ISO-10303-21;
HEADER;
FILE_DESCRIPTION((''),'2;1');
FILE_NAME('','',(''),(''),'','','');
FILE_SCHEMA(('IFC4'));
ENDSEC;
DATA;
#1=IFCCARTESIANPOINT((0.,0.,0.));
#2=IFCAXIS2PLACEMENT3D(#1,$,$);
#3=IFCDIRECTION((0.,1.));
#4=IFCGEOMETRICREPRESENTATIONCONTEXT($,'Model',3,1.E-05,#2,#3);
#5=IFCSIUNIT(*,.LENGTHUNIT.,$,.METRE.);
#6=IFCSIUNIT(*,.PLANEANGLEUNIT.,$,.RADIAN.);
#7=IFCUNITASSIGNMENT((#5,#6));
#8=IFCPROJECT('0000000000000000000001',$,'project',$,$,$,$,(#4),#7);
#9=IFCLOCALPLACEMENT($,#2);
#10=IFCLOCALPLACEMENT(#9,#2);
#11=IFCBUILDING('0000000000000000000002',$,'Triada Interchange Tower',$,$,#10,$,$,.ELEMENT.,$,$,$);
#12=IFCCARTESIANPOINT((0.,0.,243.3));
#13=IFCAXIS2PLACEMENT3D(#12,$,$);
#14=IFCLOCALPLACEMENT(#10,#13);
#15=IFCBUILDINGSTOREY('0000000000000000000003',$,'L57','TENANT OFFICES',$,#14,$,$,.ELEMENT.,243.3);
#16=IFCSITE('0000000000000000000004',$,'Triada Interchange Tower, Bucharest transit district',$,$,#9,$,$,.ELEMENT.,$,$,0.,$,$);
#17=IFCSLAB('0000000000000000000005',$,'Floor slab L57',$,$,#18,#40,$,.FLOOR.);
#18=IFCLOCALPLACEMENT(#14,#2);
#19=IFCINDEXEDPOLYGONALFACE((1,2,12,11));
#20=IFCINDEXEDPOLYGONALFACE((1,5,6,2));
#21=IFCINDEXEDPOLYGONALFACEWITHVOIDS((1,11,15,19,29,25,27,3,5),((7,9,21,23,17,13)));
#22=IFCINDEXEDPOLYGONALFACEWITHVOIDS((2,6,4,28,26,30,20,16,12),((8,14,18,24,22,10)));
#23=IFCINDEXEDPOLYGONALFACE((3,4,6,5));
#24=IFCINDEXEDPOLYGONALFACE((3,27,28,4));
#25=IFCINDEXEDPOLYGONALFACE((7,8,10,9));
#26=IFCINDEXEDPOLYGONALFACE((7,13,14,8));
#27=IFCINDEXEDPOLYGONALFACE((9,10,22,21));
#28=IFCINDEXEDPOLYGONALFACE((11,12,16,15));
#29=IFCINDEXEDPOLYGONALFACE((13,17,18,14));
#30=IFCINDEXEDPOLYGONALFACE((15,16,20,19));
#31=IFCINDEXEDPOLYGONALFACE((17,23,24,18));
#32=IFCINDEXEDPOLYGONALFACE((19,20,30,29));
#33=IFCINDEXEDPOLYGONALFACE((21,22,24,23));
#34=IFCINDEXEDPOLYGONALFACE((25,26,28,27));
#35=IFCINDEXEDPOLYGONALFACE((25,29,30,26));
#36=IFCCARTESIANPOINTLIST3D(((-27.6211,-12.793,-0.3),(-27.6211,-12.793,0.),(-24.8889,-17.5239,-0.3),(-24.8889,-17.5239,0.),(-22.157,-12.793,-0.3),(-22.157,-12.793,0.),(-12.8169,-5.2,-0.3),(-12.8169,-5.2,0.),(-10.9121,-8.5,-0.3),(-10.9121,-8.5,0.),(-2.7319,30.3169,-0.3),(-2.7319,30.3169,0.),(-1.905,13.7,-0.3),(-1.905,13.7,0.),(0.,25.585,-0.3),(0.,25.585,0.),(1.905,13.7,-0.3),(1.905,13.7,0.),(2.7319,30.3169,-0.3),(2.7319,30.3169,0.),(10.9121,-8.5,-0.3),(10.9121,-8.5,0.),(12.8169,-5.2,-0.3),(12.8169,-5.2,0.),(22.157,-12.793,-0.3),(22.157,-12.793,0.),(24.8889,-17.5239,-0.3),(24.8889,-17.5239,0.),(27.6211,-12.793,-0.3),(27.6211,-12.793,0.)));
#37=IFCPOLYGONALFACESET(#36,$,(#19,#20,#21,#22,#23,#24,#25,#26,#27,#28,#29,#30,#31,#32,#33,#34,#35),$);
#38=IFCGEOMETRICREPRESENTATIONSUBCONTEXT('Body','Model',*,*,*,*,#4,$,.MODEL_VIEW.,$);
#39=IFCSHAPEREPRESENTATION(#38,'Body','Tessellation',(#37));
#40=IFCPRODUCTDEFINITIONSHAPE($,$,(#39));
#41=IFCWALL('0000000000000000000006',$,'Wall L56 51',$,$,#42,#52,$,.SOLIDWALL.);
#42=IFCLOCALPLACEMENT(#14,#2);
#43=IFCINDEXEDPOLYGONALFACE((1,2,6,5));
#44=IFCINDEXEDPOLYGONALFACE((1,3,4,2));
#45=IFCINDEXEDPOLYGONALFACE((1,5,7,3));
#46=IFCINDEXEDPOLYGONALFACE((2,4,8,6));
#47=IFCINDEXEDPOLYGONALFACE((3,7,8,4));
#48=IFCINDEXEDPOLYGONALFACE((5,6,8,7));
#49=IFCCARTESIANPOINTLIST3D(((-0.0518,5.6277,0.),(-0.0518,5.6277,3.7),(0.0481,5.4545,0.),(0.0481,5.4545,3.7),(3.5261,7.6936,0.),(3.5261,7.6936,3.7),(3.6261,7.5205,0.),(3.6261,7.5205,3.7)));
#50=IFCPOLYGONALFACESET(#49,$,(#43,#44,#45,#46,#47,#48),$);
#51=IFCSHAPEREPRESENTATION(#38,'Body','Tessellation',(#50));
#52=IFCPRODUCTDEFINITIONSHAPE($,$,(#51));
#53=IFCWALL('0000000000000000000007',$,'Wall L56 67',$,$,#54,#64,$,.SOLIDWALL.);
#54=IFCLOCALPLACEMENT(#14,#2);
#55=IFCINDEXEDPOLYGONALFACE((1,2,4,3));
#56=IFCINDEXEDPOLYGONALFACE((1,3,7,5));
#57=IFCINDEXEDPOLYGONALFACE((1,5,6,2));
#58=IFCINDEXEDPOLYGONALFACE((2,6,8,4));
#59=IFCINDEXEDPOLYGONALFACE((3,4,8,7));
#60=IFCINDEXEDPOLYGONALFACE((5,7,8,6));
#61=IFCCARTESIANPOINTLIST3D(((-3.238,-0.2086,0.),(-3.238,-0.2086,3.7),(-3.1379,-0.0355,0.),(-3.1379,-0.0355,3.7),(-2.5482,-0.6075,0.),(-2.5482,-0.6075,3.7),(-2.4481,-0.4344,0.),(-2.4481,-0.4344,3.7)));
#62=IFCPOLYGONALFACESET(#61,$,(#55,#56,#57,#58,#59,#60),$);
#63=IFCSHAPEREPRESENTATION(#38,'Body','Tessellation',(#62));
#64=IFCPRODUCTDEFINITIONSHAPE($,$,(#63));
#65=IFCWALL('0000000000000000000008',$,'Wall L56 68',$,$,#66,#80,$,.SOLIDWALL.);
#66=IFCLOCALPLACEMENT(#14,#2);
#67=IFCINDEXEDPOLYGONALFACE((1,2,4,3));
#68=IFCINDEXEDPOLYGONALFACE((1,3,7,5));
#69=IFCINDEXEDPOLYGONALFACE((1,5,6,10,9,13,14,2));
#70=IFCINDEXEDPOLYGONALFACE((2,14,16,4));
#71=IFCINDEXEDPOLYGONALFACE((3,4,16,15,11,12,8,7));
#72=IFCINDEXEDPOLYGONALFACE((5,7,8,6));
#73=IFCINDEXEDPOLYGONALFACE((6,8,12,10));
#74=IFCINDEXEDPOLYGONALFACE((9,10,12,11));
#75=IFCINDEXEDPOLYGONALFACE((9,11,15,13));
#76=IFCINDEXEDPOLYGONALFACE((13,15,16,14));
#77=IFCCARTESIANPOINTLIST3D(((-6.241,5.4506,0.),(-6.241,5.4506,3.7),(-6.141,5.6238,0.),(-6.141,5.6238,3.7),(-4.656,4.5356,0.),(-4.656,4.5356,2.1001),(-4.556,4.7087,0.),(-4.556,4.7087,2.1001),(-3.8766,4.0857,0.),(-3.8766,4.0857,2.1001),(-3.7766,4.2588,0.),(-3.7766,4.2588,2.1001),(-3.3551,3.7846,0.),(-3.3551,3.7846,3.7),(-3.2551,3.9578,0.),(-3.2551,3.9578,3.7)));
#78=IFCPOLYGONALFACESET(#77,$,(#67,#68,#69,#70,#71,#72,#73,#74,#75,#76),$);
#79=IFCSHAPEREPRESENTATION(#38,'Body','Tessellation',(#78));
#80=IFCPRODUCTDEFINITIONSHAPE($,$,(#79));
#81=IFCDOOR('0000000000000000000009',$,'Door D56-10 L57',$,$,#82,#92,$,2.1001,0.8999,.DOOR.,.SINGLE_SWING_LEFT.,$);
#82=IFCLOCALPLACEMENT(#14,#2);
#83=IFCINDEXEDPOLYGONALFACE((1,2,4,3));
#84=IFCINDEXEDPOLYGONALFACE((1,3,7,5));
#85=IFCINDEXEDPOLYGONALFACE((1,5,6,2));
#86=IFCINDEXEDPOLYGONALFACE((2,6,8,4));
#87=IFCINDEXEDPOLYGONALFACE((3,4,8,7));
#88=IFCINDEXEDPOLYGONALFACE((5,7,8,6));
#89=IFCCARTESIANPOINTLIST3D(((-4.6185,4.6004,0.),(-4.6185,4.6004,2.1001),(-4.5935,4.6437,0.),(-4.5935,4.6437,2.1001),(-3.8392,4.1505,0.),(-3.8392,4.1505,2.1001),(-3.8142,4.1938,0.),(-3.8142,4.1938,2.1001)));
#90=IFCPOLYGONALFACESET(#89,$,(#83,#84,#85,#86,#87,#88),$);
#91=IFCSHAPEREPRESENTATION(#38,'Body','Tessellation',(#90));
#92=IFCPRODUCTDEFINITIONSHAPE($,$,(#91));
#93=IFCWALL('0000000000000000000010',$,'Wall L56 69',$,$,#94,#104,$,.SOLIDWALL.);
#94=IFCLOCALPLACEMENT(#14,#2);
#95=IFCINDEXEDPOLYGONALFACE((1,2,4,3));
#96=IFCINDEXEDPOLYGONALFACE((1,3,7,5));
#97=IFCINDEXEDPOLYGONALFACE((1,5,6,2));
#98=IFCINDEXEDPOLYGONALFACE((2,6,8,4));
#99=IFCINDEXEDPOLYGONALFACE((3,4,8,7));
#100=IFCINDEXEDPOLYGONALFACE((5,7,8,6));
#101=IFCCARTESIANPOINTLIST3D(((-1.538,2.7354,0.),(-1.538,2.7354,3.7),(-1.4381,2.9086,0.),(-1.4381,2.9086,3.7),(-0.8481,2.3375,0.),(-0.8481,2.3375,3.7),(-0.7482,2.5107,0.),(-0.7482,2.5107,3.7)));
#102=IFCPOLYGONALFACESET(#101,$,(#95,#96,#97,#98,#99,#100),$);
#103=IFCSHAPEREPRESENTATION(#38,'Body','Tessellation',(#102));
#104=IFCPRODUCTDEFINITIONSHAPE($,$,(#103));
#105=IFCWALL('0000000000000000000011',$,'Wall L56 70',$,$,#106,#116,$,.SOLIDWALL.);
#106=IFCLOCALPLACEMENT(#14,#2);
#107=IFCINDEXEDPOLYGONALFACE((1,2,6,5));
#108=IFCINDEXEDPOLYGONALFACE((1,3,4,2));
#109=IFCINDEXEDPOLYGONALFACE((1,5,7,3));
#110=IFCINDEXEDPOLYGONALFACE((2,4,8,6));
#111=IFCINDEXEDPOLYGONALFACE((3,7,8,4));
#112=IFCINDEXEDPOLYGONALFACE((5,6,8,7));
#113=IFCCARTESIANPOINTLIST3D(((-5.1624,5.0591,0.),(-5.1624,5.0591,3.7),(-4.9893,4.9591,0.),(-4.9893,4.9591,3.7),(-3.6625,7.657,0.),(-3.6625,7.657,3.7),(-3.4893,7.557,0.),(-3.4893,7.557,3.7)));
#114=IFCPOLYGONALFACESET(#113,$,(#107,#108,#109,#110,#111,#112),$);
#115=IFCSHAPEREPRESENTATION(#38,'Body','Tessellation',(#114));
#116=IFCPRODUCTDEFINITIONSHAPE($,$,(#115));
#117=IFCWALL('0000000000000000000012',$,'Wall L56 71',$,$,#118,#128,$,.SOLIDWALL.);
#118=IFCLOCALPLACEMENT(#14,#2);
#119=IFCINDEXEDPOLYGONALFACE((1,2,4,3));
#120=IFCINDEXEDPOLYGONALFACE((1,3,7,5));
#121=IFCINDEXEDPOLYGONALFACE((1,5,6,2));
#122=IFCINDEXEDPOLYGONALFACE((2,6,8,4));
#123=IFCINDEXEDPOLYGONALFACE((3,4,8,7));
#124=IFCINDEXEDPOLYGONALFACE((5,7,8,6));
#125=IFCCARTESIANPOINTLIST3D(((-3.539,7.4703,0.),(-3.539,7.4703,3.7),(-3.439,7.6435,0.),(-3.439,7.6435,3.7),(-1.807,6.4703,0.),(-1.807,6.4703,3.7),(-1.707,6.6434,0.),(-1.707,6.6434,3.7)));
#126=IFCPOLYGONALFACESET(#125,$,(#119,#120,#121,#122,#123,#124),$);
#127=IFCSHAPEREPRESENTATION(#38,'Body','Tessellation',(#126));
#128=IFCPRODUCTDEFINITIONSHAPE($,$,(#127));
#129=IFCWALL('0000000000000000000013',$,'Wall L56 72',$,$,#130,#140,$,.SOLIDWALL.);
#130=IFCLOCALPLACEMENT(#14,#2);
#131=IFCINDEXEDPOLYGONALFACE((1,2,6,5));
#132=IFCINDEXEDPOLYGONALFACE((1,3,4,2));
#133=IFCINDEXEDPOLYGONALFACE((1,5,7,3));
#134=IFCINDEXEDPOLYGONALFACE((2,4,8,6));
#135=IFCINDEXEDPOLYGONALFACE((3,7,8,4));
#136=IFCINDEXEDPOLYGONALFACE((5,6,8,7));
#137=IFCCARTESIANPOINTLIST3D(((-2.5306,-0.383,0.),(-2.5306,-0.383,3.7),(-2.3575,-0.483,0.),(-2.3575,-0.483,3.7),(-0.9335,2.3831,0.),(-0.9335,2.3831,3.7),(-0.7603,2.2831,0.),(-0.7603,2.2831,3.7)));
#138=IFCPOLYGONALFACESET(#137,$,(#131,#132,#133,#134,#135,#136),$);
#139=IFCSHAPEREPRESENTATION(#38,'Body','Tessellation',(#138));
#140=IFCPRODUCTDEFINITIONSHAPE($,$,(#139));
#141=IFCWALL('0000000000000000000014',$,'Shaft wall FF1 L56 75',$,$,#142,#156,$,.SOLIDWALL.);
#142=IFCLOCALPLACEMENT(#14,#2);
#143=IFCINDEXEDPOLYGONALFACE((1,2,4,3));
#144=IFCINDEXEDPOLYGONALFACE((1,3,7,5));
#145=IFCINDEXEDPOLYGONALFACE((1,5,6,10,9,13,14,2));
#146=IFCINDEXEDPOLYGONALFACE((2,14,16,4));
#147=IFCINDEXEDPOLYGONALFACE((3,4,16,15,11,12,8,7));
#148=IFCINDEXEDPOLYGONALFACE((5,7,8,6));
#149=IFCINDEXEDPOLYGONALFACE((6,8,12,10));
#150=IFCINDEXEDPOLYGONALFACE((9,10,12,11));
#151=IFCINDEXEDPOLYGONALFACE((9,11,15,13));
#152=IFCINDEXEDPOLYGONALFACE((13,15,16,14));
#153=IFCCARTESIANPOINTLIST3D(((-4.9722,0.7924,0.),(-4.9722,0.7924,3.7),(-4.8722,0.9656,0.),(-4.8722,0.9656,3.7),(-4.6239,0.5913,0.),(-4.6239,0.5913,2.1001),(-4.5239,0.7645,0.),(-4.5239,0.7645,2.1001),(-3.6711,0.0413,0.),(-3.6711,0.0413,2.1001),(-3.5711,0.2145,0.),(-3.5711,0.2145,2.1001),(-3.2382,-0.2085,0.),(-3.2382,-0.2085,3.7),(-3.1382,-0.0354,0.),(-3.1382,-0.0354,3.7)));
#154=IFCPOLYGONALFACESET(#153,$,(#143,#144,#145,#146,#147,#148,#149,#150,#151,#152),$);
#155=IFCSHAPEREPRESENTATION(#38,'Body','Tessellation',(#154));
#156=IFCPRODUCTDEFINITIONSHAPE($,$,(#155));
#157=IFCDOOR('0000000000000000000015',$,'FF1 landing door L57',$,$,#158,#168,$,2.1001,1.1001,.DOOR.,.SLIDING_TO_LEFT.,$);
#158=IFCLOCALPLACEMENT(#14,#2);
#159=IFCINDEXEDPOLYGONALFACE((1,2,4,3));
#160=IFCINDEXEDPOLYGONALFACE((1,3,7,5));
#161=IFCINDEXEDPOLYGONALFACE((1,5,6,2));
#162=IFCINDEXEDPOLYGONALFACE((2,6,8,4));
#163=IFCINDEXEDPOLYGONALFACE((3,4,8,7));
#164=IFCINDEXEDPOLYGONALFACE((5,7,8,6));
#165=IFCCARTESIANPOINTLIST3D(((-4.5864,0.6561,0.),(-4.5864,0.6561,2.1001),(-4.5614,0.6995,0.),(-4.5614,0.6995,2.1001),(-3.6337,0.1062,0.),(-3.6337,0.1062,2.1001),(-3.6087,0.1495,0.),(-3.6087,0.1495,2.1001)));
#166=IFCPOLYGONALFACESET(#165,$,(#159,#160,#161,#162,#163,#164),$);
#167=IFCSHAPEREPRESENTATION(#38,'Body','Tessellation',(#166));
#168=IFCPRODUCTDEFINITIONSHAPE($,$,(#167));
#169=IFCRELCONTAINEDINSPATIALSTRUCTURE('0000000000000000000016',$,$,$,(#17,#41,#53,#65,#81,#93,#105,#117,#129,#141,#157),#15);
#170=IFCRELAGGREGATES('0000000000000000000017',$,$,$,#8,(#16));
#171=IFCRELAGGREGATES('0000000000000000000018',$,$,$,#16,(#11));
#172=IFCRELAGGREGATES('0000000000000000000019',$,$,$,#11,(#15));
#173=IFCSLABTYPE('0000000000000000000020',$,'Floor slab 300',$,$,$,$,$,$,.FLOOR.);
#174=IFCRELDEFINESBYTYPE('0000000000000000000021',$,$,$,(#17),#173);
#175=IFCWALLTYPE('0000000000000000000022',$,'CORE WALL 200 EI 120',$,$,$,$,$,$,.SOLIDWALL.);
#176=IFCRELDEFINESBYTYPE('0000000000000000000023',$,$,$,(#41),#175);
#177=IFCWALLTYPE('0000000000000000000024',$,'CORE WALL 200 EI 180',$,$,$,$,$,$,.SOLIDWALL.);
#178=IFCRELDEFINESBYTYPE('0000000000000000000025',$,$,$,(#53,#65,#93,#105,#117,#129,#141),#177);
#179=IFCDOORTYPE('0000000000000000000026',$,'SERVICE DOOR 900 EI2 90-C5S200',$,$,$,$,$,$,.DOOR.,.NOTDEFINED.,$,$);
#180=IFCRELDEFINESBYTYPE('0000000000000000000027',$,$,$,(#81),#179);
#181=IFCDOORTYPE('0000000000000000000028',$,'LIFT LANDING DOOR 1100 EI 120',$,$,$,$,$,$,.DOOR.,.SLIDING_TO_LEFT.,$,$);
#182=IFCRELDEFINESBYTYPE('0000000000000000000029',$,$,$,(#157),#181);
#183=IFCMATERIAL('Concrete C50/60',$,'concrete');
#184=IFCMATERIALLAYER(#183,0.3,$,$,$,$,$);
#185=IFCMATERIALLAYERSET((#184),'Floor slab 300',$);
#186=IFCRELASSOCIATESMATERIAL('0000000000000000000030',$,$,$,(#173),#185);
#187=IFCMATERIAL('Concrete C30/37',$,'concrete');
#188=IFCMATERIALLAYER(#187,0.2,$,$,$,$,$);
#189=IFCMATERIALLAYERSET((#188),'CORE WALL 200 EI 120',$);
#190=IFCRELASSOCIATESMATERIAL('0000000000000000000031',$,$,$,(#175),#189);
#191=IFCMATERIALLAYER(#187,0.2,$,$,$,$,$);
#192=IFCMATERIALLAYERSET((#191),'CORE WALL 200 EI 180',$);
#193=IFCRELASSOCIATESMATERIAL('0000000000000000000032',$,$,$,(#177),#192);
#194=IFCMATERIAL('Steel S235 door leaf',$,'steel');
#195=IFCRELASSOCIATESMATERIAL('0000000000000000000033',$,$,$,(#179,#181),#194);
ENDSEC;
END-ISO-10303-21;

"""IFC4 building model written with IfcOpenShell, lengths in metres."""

from ifc_helpers import new_model, si_unit, direction, frame, frame_2d, origin, place, context, subcontext, project, spatial, polyline, rectangle, outline, extrude, material, layer, layer_set, type_object, element, fill, save


model = new_model("IFC4")

# Units and contexts
model_context = context("Model", 3, precision=1e-05, world=origin(), true_north=direction((0.0, 1.0)))
body_context = subcontext(model_context, "Body", "Model", "MODEL_VIEW")
ifc_project = project(units=[si_unit("LENGTHUNIT", "METRE"), si_unit("PLANEANGLEUNIT", "RADIAN")], contexts=[model_context])

# Site, building, storey
site_placement = place(None, origin())
site = spatial("IfcSite", under=ifc_project, at=site_placement, Name="Triada Interchange Tower, Bucharest transit district", CompositionType="ELEMENT", RefElevation=0.0)
building_placement = place(site_placement, origin())
building = spatial("IfcBuilding", under=site, at=building_placement, Name="Triada Interchange Tower", CompositionType="ELEMENT")
storey_placement = place(building_placement, frame((0.0, 0.0, 243.3)))
storey = spatial("IfcBuildingStorey", under=building, at=storey_placement, Name="L57", Description="TENANT OFFICES", CompositionType="ELEMENT", Elevation=243.3)

# Slab
ifc_material_1 = material(Name="Concrete C50/60", Category="concrete")
ifc_layer_1 = layer(ifc_material_1, 0.3)
ifc_layer_set_1 = layer_set([ifc_layer_1], Name="Floor slab 300")
slab_type = type_object("IfcSlabType", Name="Floor slab 300", PredefinedType="FLOOR", material=ifc_layer_set_1)
slab_placement = place(storey_placement, frame((0.0, 0.0, -0.3)))
element("IfcSlab", 1, at=slab_placement, inside=storey, type_object=slab_type, Name="Floor slab L57", PredefinedType="FLOOR", context=body_context, shape_type="SweptSolid", body=[
    extrude(outline(polyline([(-2.7319, 30.3169), (-27.6211, -12.793), (-22.157, -12.793), (-24.8889, -17.5239), (24.8889, -17.5239), (22.157, -12.793), (27.6211, -12.793), (2.7319, 30.3169), (0.0, 25.585), (-2.7319, 30.3169)]), holes=[polyline([(1.905, 13.7), (-1.905, 13.7), (-12.8169, -5.2), (-10.9121, -8.5), (10.9121, -8.5), (12.8169, -5.2), (1.905, 13.7)])]), origin(), (0.0, 0.0, 1.0), 0.3),
])

# Walls
ifc_material_2 = material(Name="Concrete C30/37", Category="concrete")
ifc_layer_2 = layer(ifc_material_2, 0.2)
ifc_layer_set_2 = layer_set([ifc_layer_2], Name="CORE WALL 200 EI 120")
wall_type_1 = type_object("IfcWallType", Name="CORE WALL 200 EI 120", PredefinedType="SOLIDWALL", material=ifc_layer_set_2)
wall_1_placement = place(storey_placement, frame((-0.002, 5.541, 0.0), z_axis=(0.0, 0.0, 1.0), x_axis=(0.866002, 0.500041, 0.0)))
element("IfcWall", 2, at=wall_1_placement, inside=storey, type_object=wall_type_1, Name="Wall L56 51", PredefinedType="SOLIDWALL", context=body_context, shape_type="SweptSolid", body=[
    extrude(rectangle(XDim=4.1316, YDim=0.2, at=frame_2d((2.0659, 0.0))), origin(), (0.0, 0.0, 1.0), 3.7),
])
ifc_layer_3 = layer(ifc_material_2, 0.2)
ifc_layer_set_3 = layer_set([ifc_layer_3], Name="CORE WALL 200 EI 180")
wall_type_2 = type_object("IfcWallType", Name="CORE WALL 200 EI 180", PredefinedType="SOLIDWALL", material=ifc_layer_set_3)
wall_2_placement = place(storey_placement, frame((-3.188, -0.1221, 0.0), z_axis=(0.0, 0.0, 1.0), x_axis=(0.865706, -0.500553, 0.0)))
element("IfcWall", 3, at=wall_2_placement, inside=storey, type_object=wall_type_2, Name="Wall L56 67", PredefinedType="SOLIDWALL", context=body_context, shape_type="SweptSolid", body=[
    extrude(rectangle(XDim=0.7969, YDim=0.2, at=frame_2d((0.3984, 0.0))), origin(), (0.0, 0.0, 1.0), 3.7),
])

# Wall, opening, door
wall_3_placement = place(storey_placement, frame((-6.1909, 5.5371, 0.0), z_axis=(0.0, 0.0, 1.0), x_axis=(0.866053, -0.499953, 0.0)))
wall_3 = element("IfcWall", 4, at=wall_3_placement, inside=storey, type_object=wall_type_2, Name="Wall L56 68", PredefinedType="SOLIDWALL", context=body_context, shape_type="SweptSolid", body=[
    extrude(rectangle(XDim=3.3323, YDim=0.2, at=frame_2d((1.666, 0.0))), origin(), (0.0, 0.0, 1.0), 3.7),
])
opening_1_placement = place(wall_3_placement, frame((1.8301, 0.0, 0.0)))
opening_1 = element("IfcOpeningElement", 5, at=opening_1_placement, cuts=wall_3, PredefinedType="OPENING", context=body_context, shape_type="SweptSolid", body=[
    extrude(rectangle(XDim=0.8999, YDim=2.1001, at=frame_2d((0.45, 1.05))), frame((0.0, 0.1099, 0.0), z_axis=(0.0, -1.0, 0.0), x_axis=(1.0, 0.0, 0.0)), (0.0, 0.0, 1.0), 0.22),
])
ifc_material_3 = material(Name="Steel S235 door leaf", Category="steel")
door_type_1 = type_object("IfcDoorType", Name="SERVICE DOOR 900 EI2 90-C5S200", OperationType="NOTDEFINED", PredefinedType="DOOR", material=ifc_material_3)
door_1_placement = place(opening_1_placement, origin())
door_1 = element("IfcDoor", 6, at=door_1_placement, inside=storey, type_object=door_type_1, Name="Door D56-10 L57", OperationType="SINGLE_SWING_LEFT", OverallHeight=2.1001, OverallWidth=0.8999, PredefinedType="DOOR", context=body_context, shape_type="SweptSolid", body=[
    extrude(rectangle(XDim=0.8999, YDim=2.1001, at=frame_2d((0.45, 1.05))), frame((0.0, 0.0249, 0.0), z_axis=(0.0, -1.0, 0.0), x_axis=(1.0, 0.0, 0.0)), (0.0, 0.0, 1.0), 0.05),
])
fill(opening_1, door_1)

# Walls
wall_4_placement = place(storey_placement, frame((-1.488, 2.822, 0.0), z_axis=(0.0, 0.0, 1.0), x_axis=(0.866237, -0.499634, 0.0)))
element("IfcWall", 7, at=wall_4_placement, inside=storey, type_object=wall_type_2, Name="Wall L56 69", PredefinedType="SOLIDWALL", context=body_context, shape_type="SweptSolid", body=[
    extrude(rectangle(XDim=0.7964, YDim=0.2, at=frame_2d((0.3982, 0.0))), origin(), (0.0, 0.0, 1.0), 3.7),
])
wall_5_placement = place(storey_placement, frame((-5.0759, 5.009, 0.0), z_axis=(0.0, 0.0, 1.0), x_axis=(0.500025, 0.866011, 0.0)))
element("IfcWall", 8, at=wall_5_placement, inside=storey, type_object=wall_type_2, Name="Wall L56 70", PredefinedType="SOLIDWALL", context=body_context, shape_type="SweptSolid", body=[
    extrude(rectangle(XDim=2.9998, YDim=0.2, at=frame_2d((1.5, 0.0))), origin(), (0.0, 0.0, 1.0), 3.7),
])
wall_6_placement = place(storey_placement, frame((-3.489, 7.5569, 0.0), z_axis=(0.0, 0.0, 1.0), x_axis=(0.866011, -0.500025, 0.0)))
element("IfcWall", 9, at=wall_6_placement, inside=storey, type_object=wall_type_2, Name="Wall L56 71", PredefinedType="SOLIDWALL", context=body_context, shape_type="SweptSolid", body=[
    extrude(rectangle(XDim=2.0, YDim=0.2, at=frame_2d((1.0, 0.0))), origin(), (0.0, 0.0, 1.0), 3.7),
])
wall_7_placement = place(storey_placement, frame((-2.4441, -0.4331, 0.0), z_axis=(0.0, 0.0, 1.0), x_axis=(0.500036, 0.866005, 0.0)))
element("IfcWall", 10, at=wall_7_placement, inside=storey, type_object=wall_type_2, Name="Wall L56 72", PredefinedType="SOLIDWALL", context=body_context, shape_type="SweptSolid", body=[
    extrude(rectangle(XDim=3.1941, YDim=0.2, at=frame_2d((1.5972, 0.0))), origin(), (0.0, 0.0, 1.0), 3.7),
])

# Wall, opening, door
wall_8_placement = place(storey_placement, frame((-4.9221, 0.8789, 0.0), z_axis=(0.0, 0.0, 1.0), x_axis=(0.866074, -0.499916, 0.0)))
wall_8 = element("IfcWall", 11, at=wall_8_placement, inside=storey, type_object=wall_type_2, Name="Shaft wall FF1 L56 75", PredefinedType="SOLIDWALL", context=body_context, shape_type="SweptSolid", body=[
    extrude(rectangle(XDim=2.0022, YDim=0.2, at=frame_2d((1.001, 0.0))), origin(), (0.0, 0.0, 1.0), 3.7),
])
opening_2_placement = place(wall_8_placement, frame((0.4021, 0.0, 0.0)))
opening_2 = element("IfcOpeningElement", 12, at=opening_2_placement, cuts=wall_8, PredefinedType="OPENING", context=body_context, shape_type="SweptSolid", body=[
    extrude(rectangle(XDim=1.1001, YDim=2.1001, at=frame_2d((0.55, 1.05))), frame((0.0, 0.1099, 0.0), z_axis=(0.0, -1.0, 0.0), x_axis=(1.0, 0.0, 0.0)), (0.0, 0.0, 1.0), 0.22),
])
door_type_2 = type_object("IfcDoorType", Name="LIFT LANDING DOOR 1100 EI 120", OperationType="SLIDING_TO_LEFT", PredefinedType="DOOR", material=ifc_material_3)
door_2_placement = place(opening_2_placement, origin())
door_2 = element("IfcDoor", 13, at=door_2_placement, inside=storey, type_object=door_type_2, Name="FF1 landing door L57", OperationType="SLIDING_TO_LEFT", OverallHeight=2.1001, OverallWidth=1.1001, PredefinedType="DOOR", context=body_context, shape_type="SweptSolid", body=[
    extrude(rectangle(XDim=1.1001, YDim=2.1001, at=frame_2d((0.55, 1.05))), frame((0.0, 0.0249, 0.0), z_axis=(0.0, -1.0, 0.0), x_axis=(1.0, 0.0, 0.0)), (0.0, 0.0, 1.0), 0.05),
])
fill(opening_2, door_2)

save(model, "model.ifc")
